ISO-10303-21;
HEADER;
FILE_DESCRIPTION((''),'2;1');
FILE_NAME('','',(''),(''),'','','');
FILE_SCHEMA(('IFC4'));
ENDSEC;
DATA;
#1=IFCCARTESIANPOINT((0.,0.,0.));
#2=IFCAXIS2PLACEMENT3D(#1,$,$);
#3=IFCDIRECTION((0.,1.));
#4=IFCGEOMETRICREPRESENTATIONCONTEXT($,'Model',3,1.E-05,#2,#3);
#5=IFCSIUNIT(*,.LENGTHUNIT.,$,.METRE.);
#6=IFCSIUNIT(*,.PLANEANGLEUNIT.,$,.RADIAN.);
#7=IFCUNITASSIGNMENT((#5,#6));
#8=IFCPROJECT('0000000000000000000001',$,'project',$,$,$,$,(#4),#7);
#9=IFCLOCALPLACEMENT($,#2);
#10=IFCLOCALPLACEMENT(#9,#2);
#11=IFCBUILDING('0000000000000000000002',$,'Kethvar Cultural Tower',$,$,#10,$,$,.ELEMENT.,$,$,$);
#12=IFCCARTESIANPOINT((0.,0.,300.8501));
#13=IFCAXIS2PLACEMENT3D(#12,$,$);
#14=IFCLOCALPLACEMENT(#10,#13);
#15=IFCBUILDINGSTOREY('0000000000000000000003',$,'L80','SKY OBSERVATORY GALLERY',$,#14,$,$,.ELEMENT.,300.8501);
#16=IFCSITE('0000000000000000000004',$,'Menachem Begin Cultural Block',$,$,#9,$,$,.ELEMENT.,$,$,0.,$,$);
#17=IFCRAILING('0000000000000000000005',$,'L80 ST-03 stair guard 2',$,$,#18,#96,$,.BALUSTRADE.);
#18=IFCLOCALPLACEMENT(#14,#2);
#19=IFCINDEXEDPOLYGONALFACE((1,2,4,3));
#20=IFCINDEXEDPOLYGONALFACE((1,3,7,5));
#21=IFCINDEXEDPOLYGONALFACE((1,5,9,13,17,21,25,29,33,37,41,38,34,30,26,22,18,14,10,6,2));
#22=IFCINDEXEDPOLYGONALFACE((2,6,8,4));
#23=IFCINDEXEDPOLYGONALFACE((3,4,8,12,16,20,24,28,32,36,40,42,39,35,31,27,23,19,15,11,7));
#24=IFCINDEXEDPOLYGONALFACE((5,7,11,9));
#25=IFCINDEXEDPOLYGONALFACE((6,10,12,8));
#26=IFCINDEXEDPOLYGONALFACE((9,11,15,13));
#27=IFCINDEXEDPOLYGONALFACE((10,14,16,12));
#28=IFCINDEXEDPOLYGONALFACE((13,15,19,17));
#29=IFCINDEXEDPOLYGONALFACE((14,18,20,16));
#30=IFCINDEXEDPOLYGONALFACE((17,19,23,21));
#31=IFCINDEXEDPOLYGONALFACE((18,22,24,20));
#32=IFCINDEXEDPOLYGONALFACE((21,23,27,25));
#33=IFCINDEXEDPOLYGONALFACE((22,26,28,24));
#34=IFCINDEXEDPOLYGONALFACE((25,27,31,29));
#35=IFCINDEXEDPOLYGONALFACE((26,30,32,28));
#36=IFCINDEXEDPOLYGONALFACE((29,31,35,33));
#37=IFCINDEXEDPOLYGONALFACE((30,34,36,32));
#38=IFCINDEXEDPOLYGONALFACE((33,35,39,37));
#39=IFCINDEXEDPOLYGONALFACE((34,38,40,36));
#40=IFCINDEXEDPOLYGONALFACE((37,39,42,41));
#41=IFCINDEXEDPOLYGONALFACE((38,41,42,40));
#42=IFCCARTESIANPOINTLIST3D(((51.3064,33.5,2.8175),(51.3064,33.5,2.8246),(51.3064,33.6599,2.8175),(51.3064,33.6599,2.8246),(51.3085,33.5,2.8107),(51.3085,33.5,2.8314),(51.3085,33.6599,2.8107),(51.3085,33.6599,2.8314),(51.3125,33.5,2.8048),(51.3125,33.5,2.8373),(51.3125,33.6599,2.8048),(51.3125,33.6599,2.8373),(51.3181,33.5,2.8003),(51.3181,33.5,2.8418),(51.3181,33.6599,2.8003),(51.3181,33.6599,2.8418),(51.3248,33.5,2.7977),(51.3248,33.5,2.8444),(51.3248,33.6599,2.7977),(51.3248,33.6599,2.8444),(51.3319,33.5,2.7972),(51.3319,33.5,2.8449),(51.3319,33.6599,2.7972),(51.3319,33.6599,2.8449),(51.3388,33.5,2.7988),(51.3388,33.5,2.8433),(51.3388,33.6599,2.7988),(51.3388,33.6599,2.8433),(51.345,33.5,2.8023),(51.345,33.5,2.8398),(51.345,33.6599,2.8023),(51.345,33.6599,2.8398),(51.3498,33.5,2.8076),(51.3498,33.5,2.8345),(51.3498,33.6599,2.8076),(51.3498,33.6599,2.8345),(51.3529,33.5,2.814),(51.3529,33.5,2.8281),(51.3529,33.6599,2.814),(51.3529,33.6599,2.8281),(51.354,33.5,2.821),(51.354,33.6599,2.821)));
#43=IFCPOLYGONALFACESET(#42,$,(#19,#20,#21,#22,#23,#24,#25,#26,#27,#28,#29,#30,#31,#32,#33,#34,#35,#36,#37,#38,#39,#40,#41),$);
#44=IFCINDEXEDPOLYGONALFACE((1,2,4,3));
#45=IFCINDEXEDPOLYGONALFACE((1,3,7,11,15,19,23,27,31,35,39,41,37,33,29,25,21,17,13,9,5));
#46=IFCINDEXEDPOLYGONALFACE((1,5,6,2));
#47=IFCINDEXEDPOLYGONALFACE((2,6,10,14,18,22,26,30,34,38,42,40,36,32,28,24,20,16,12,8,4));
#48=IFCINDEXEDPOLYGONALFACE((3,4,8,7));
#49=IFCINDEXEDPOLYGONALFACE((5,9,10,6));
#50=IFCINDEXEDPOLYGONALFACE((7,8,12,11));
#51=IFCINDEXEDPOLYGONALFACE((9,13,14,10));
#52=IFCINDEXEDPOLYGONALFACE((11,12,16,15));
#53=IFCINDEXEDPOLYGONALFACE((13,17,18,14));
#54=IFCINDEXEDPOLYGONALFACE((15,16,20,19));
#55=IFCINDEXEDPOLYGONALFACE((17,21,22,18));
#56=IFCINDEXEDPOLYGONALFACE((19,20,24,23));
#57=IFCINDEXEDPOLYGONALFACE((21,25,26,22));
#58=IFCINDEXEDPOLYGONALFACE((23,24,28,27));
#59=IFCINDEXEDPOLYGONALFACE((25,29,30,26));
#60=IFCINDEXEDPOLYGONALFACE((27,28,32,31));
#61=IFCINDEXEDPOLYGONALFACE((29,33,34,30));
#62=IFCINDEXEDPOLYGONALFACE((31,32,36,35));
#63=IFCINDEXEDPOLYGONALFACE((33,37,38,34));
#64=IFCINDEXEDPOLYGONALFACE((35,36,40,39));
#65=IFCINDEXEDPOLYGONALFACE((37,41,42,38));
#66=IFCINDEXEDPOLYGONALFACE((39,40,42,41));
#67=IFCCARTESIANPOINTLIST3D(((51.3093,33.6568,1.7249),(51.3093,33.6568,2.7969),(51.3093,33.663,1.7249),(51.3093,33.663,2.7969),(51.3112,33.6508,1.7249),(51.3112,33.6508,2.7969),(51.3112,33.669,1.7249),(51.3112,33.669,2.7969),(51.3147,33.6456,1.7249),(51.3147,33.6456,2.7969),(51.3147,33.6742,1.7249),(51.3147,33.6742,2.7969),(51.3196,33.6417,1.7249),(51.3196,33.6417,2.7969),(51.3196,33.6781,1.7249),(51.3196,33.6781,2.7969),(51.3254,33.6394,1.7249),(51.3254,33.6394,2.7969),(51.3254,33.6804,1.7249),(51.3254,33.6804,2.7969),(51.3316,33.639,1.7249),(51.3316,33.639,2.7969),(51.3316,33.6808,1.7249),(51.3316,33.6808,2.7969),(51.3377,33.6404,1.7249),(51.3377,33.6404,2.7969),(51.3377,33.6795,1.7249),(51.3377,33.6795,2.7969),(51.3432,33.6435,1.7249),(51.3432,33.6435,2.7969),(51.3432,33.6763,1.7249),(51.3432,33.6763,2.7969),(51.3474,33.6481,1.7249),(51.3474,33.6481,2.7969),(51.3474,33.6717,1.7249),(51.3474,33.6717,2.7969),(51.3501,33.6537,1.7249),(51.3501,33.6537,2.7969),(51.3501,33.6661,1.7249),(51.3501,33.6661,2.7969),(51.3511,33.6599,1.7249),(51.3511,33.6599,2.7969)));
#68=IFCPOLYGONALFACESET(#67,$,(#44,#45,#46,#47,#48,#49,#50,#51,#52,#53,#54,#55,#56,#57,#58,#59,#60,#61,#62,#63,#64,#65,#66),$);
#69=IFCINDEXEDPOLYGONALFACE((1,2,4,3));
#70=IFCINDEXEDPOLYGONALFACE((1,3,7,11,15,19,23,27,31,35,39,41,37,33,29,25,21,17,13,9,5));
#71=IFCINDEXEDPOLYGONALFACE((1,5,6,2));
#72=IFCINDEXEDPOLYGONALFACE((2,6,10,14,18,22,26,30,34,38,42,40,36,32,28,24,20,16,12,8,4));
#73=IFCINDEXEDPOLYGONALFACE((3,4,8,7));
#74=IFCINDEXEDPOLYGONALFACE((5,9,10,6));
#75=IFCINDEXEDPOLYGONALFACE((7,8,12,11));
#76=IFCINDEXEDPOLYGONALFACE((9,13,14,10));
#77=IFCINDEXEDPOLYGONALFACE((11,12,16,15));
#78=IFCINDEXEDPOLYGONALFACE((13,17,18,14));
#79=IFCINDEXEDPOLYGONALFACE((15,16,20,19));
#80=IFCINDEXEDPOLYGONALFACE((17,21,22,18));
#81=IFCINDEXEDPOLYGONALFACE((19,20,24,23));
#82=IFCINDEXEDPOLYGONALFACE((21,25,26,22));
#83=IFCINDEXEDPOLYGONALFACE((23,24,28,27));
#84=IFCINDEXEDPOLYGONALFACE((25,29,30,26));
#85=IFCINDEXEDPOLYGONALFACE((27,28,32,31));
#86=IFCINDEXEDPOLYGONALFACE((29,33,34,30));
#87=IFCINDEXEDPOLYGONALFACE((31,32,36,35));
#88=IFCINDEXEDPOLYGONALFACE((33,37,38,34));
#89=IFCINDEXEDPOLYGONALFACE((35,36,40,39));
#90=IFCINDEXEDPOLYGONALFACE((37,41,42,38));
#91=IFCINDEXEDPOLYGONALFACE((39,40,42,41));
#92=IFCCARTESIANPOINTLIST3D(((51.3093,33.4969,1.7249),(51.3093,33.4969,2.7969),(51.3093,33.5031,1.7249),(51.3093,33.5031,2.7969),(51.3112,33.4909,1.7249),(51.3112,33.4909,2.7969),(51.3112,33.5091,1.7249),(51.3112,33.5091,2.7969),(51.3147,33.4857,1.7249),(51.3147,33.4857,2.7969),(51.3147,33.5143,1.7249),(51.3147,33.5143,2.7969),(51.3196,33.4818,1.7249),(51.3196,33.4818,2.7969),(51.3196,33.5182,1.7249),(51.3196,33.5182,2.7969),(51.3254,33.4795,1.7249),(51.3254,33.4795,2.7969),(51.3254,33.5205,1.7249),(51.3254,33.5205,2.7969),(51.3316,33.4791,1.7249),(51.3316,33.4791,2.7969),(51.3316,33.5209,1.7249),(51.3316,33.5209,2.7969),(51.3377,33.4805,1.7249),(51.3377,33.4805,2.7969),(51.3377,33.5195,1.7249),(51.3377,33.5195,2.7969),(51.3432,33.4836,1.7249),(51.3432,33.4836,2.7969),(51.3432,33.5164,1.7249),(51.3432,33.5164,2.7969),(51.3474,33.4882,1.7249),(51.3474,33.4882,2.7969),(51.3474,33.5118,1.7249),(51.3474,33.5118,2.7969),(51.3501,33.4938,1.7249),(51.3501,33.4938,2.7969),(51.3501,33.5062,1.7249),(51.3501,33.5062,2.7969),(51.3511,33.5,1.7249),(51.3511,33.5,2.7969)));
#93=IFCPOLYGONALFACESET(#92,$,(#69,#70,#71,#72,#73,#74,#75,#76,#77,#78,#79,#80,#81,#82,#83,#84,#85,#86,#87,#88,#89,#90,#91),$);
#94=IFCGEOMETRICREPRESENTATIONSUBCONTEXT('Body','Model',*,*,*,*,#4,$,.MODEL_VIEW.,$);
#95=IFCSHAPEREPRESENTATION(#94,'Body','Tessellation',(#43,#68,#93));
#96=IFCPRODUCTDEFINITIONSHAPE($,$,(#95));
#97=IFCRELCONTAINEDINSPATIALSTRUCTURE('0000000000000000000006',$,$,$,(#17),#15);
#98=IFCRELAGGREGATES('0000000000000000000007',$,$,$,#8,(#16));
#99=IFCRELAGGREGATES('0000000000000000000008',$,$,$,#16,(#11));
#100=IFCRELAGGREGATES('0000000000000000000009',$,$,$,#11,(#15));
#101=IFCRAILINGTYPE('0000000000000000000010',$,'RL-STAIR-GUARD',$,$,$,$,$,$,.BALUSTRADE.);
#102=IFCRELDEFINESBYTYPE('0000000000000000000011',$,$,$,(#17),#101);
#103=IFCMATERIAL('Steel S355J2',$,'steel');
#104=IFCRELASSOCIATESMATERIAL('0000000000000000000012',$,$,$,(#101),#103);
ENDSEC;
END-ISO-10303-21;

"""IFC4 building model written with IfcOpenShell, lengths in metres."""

from ifc_helpers import new_model, si_unit, direction, frame, origin, origin_2d, place, context, subcontext, project, spatial, circle, extrude, material, type_object, element, save


model = new_model("IFC4")

# Units and contexts
model_context = context("Model", 3, precision=1e-05, world=origin(), true_north=direction((0.0, 1.0)))
body_context = subcontext(model_context, "Body", "Model", "MODEL_VIEW")
ifc_project = project(units=[si_unit("LENGTHUNIT", "METRE"), si_unit("PLANEANGLEUNIT", "RADIAN")], contexts=[model_context])

# Site, building, storey
site_placement = place(None, origin())
site = spatial("IfcSite", under=ifc_project, at=site_placement, Name="Menachem Begin Cultural Block", CompositionType="ELEMENT", RefElevation=0.0)
building_placement = place(site_placement, origin())
building = spatial("IfcBuilding", under=site, at=building_placement, Name="Kethvar Cultural Tower", CompositionType="ELEMENT")
storey_placement = place(building_placement, frame((0.0, 0.0, 300.8501)))
storey = spatial("IfcBuildingStorey", under=building, at=storey_placement, Name="L80", Description="SKY OBSERVATORY GALLERY", CompositionType="ELEMENT", Elevation=300.8501)

# Shared definitions
ifc_material_1 = material(Name="Steel S355J2", Category="steel")

# Railing
railing_type_1 = type_object("IfcRailingType", Name="RL-STAIR-GUARD", PredefinedType="BALUSTRADE", material=ifc_material_1)
railing_1_placement = place(storey_placement, frame((51.3301, 33.6599, 1.7249)))
element("IfcRailing", 1, at=railing_1_placement, inside=storey, type_object=railing_type_1, Name="L80 ST-03 stair guard 2", PredefinedType="BALUSTRADE", context=body_context, shape_type="SweptSolid", body=[
    extrude(circle(Radius=0.0239, at=origin_2d()), frame((0.0, 0.0, 1.0962), z_axis=(0.0, -1.0, 0.0), x_axis=(1.0, 0.0, 0.0)), (0.0, 0.0, 1.0), 0.1599),
    extrude(circle(Radius=0.021, at=origin_2d()), origin(), (0.0, 0.0, 1.0), 1.072),
    extrude(circle(Radius=0.021, at=origin_2d()), frame((0.0, -0.1599, 0.0)), (0.0, 0.0, 1.0), 1.072),
])

save(model, "model.ifc")
